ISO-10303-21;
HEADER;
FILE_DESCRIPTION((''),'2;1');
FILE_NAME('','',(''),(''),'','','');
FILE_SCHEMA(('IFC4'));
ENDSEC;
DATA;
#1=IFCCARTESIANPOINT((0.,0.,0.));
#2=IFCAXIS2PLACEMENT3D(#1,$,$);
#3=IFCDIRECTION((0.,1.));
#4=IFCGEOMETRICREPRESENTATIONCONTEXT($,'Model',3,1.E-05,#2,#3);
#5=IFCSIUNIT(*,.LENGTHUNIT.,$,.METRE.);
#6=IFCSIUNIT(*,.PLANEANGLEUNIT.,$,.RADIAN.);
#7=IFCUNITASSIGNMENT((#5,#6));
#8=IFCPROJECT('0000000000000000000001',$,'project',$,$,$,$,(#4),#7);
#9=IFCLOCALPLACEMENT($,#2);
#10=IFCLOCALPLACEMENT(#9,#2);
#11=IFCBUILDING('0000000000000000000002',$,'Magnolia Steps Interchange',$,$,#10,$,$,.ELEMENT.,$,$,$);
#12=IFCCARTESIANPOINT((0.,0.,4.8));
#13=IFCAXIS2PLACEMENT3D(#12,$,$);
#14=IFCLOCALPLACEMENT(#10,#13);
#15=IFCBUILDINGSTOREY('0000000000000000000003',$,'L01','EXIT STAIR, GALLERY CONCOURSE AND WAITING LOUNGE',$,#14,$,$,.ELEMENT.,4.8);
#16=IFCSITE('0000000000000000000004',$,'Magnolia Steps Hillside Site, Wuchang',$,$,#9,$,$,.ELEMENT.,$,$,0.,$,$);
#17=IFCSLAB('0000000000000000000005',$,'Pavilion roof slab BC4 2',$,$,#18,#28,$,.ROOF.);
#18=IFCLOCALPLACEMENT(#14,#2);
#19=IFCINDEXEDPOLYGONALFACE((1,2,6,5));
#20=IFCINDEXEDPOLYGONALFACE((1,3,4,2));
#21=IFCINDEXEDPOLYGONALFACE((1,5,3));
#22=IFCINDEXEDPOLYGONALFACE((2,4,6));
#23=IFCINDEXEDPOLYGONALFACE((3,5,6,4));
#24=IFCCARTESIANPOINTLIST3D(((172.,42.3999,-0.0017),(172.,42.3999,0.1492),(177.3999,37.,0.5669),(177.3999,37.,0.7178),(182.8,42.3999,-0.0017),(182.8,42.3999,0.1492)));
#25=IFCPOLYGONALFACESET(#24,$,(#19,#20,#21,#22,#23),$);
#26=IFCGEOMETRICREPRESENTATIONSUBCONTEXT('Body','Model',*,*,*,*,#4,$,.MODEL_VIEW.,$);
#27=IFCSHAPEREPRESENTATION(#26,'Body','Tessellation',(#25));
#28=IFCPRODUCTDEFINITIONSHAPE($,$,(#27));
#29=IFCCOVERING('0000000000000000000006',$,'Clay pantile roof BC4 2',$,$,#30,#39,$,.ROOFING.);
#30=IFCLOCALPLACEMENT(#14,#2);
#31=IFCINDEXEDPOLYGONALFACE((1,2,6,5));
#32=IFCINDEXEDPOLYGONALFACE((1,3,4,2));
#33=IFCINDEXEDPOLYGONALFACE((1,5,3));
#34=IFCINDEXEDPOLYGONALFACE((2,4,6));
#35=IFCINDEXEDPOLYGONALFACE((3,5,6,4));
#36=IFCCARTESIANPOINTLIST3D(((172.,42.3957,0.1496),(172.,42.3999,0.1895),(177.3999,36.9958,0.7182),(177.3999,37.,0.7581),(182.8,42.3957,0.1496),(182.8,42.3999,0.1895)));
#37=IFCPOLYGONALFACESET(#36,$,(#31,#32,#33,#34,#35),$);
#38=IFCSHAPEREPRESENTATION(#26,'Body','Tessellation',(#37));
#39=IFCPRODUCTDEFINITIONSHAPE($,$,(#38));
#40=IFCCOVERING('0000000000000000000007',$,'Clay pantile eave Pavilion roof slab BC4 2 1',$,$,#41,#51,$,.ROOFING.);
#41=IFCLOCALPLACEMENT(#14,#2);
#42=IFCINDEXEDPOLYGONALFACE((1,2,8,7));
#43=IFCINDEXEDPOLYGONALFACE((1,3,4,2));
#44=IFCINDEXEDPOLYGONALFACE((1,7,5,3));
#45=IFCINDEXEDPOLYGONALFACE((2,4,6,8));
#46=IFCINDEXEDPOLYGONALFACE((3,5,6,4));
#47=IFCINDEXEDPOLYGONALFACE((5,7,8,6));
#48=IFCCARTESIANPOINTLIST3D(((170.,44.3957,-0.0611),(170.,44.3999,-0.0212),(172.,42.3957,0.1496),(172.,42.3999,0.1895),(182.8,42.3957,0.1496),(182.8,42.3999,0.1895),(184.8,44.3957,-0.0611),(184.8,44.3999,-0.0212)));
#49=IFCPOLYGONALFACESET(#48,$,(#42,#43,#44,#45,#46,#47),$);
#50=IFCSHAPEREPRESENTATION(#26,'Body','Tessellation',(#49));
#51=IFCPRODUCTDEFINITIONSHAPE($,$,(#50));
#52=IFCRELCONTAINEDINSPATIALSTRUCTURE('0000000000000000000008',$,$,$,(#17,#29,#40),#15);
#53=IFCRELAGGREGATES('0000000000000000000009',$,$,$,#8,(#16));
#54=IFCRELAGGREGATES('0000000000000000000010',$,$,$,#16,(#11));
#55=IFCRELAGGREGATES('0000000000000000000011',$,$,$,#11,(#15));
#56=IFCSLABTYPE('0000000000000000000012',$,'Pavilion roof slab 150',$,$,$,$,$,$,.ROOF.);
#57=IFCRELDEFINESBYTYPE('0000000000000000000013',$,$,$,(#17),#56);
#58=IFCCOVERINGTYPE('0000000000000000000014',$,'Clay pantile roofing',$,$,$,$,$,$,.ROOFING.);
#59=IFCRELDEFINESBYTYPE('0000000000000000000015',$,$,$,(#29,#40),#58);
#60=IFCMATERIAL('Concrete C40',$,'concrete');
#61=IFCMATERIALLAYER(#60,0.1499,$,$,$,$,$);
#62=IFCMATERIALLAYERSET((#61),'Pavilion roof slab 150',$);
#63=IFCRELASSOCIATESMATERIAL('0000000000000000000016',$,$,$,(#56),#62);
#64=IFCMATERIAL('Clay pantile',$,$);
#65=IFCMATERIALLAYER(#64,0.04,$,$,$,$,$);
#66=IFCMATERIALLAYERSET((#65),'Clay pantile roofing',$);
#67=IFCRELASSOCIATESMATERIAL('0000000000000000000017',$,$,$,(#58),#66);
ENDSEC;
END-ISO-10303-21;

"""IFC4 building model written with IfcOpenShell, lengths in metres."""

from ifc_helpers import new_model, si_unit, direction, frame, origin, place, context, subcontext, project, spatial, polyline, outline, extrude, material, layer, layer_set, type_object, element, save


model = new_model("IFC4")

# Units and contexts
model_context = context("Model", 3, precision=1e-05, world=origin(), true_north=direction((0.0, 1.0)))
body_context = subcontext(model_context, "Body", "Model", "MODEL_VIEW")
ifc_project = project(units=[si_unit("LENGTHUNIT", "METRE"), si_unit("PLANEANGLEUNIT", "RADIAN")], contexts=[model_context])

# Site, building, storey
site_placement = place(None, origin())
site = spatial("IfcSite", under=ifc_project, at=site_placement, Name="Magnolia Steps Hillside Site, Wuchang", CompositionType="ELEMENT", RefElevation=0.0)
building_placement = place(site_placement, origin())
building = spatial("IfcBuilding", under=site, at=building_placement, Name="Magnolia Steps Interchange", CompositionType="ELEMENT")
storey_placement = place(building_placement, frame((0.0, 0.0, 4.8)))
storey = spatial("IfcBuildingStorey", under=building, at=storey_placement, Name="L01", Description="EXIT STAIR, GALLERY CONCOURSE AND WAITING LOUNGE", CompositionType="ELEMENT", Elevation=4.8)

# Slab
ifc_material_1 = material(Name="Concrete C40", Category="concrete")
ifc_layer_1 = layer(ifc_material_1, 0.1499)
ifc_layer_set_1 = layer_set([ifc_layer_1], Name="Pavilion roof slab 150")
slab_type_1 = type_object("IfcSlabType", Name="Pavilion roof slab 150", PredefinedType="ROOF", material=ifc_layer_set_1)
slab_1_placement = place(storey_placement, frame((182.8, 42.3999, 0.1492), z_axis=(0.0, 0.10472, 0.994502), x_axis=(-1.0, 0.0, 0.0)))
element("IfcSlab", 1, at=slab_1_placement, inside=storey, type_object=slab_type_1, Name="Pavilion roof slab BC4 2", PredefinedType="ROOF", context=body_context, shape_type="SweptSolid", body=[
    extrude(outline(polyline([(0.0, 0.0), (10.8, 0.0), (5.4001, 5.4298), (0.0, 0.0)])), origin(), (0.0, -0.10472, -0.994502), 0.1509),
])

# Coverings
ifc_material_2 = material(Name="Clay pantile")
ifc_layer_2 = layer(ifc_material_2, 0.04)
ifc_layer_set_2 = layer_set([ifc_layer_2], Name="Clay pantile roofing")
covering_type = type_object("IfcCoveringType", Name="Clay pantile roofing", PredefinedType="ROOFING", material=ifc_layer_set_2)
covering_1_placement = place(storey_placement, frame((182.8, 42.3999, 0.1895), z_axis=(0.0, 0.10472, 0.994502), x_axis=(-1.0, 0.0, 0.0)))
element("IfcCovering", 2, at=covering_1_placement, inside=storey, type_object=covering_type, Name="Clay pantile roof BC4 2", PredefinedType="ROOFING", context=body_context, shape_type="SweptSolid", body=[
    extrude(outline(polyline([(0.0, 0.0), (10.8, 0.0), (5.4001, 5.4298), (0.0, 0.0)])), origin(), (0.0, 0.0, -1.0), 0.04),
])
covering_2_placement = place(storey_placement, frame((182.8, 42.3999, 0.1895), z_axis=(0.0, 0.104767, 0.994497), x_axis=(-1.0, 0.0, 0.0)))
element("IfcCovering", 3, at=covering_2_placement, inside=storey, type_object=covering_type, Name="Clay pantile eave Pavilion roof slab BC4 2 1", PredefinedType="ROOFING", context=body_context, shape_type="SweptSolid", body=[
    extrude(outline(polyline([(0.0, 0.0), (10.8, 0.0), (12.8, -2.0111), (-2.0, -2.0111), (0.0, 0.0)])), origin(), (0.0, 0.0, -1.0), 0.04),
])

save(model, "model.ifc")
